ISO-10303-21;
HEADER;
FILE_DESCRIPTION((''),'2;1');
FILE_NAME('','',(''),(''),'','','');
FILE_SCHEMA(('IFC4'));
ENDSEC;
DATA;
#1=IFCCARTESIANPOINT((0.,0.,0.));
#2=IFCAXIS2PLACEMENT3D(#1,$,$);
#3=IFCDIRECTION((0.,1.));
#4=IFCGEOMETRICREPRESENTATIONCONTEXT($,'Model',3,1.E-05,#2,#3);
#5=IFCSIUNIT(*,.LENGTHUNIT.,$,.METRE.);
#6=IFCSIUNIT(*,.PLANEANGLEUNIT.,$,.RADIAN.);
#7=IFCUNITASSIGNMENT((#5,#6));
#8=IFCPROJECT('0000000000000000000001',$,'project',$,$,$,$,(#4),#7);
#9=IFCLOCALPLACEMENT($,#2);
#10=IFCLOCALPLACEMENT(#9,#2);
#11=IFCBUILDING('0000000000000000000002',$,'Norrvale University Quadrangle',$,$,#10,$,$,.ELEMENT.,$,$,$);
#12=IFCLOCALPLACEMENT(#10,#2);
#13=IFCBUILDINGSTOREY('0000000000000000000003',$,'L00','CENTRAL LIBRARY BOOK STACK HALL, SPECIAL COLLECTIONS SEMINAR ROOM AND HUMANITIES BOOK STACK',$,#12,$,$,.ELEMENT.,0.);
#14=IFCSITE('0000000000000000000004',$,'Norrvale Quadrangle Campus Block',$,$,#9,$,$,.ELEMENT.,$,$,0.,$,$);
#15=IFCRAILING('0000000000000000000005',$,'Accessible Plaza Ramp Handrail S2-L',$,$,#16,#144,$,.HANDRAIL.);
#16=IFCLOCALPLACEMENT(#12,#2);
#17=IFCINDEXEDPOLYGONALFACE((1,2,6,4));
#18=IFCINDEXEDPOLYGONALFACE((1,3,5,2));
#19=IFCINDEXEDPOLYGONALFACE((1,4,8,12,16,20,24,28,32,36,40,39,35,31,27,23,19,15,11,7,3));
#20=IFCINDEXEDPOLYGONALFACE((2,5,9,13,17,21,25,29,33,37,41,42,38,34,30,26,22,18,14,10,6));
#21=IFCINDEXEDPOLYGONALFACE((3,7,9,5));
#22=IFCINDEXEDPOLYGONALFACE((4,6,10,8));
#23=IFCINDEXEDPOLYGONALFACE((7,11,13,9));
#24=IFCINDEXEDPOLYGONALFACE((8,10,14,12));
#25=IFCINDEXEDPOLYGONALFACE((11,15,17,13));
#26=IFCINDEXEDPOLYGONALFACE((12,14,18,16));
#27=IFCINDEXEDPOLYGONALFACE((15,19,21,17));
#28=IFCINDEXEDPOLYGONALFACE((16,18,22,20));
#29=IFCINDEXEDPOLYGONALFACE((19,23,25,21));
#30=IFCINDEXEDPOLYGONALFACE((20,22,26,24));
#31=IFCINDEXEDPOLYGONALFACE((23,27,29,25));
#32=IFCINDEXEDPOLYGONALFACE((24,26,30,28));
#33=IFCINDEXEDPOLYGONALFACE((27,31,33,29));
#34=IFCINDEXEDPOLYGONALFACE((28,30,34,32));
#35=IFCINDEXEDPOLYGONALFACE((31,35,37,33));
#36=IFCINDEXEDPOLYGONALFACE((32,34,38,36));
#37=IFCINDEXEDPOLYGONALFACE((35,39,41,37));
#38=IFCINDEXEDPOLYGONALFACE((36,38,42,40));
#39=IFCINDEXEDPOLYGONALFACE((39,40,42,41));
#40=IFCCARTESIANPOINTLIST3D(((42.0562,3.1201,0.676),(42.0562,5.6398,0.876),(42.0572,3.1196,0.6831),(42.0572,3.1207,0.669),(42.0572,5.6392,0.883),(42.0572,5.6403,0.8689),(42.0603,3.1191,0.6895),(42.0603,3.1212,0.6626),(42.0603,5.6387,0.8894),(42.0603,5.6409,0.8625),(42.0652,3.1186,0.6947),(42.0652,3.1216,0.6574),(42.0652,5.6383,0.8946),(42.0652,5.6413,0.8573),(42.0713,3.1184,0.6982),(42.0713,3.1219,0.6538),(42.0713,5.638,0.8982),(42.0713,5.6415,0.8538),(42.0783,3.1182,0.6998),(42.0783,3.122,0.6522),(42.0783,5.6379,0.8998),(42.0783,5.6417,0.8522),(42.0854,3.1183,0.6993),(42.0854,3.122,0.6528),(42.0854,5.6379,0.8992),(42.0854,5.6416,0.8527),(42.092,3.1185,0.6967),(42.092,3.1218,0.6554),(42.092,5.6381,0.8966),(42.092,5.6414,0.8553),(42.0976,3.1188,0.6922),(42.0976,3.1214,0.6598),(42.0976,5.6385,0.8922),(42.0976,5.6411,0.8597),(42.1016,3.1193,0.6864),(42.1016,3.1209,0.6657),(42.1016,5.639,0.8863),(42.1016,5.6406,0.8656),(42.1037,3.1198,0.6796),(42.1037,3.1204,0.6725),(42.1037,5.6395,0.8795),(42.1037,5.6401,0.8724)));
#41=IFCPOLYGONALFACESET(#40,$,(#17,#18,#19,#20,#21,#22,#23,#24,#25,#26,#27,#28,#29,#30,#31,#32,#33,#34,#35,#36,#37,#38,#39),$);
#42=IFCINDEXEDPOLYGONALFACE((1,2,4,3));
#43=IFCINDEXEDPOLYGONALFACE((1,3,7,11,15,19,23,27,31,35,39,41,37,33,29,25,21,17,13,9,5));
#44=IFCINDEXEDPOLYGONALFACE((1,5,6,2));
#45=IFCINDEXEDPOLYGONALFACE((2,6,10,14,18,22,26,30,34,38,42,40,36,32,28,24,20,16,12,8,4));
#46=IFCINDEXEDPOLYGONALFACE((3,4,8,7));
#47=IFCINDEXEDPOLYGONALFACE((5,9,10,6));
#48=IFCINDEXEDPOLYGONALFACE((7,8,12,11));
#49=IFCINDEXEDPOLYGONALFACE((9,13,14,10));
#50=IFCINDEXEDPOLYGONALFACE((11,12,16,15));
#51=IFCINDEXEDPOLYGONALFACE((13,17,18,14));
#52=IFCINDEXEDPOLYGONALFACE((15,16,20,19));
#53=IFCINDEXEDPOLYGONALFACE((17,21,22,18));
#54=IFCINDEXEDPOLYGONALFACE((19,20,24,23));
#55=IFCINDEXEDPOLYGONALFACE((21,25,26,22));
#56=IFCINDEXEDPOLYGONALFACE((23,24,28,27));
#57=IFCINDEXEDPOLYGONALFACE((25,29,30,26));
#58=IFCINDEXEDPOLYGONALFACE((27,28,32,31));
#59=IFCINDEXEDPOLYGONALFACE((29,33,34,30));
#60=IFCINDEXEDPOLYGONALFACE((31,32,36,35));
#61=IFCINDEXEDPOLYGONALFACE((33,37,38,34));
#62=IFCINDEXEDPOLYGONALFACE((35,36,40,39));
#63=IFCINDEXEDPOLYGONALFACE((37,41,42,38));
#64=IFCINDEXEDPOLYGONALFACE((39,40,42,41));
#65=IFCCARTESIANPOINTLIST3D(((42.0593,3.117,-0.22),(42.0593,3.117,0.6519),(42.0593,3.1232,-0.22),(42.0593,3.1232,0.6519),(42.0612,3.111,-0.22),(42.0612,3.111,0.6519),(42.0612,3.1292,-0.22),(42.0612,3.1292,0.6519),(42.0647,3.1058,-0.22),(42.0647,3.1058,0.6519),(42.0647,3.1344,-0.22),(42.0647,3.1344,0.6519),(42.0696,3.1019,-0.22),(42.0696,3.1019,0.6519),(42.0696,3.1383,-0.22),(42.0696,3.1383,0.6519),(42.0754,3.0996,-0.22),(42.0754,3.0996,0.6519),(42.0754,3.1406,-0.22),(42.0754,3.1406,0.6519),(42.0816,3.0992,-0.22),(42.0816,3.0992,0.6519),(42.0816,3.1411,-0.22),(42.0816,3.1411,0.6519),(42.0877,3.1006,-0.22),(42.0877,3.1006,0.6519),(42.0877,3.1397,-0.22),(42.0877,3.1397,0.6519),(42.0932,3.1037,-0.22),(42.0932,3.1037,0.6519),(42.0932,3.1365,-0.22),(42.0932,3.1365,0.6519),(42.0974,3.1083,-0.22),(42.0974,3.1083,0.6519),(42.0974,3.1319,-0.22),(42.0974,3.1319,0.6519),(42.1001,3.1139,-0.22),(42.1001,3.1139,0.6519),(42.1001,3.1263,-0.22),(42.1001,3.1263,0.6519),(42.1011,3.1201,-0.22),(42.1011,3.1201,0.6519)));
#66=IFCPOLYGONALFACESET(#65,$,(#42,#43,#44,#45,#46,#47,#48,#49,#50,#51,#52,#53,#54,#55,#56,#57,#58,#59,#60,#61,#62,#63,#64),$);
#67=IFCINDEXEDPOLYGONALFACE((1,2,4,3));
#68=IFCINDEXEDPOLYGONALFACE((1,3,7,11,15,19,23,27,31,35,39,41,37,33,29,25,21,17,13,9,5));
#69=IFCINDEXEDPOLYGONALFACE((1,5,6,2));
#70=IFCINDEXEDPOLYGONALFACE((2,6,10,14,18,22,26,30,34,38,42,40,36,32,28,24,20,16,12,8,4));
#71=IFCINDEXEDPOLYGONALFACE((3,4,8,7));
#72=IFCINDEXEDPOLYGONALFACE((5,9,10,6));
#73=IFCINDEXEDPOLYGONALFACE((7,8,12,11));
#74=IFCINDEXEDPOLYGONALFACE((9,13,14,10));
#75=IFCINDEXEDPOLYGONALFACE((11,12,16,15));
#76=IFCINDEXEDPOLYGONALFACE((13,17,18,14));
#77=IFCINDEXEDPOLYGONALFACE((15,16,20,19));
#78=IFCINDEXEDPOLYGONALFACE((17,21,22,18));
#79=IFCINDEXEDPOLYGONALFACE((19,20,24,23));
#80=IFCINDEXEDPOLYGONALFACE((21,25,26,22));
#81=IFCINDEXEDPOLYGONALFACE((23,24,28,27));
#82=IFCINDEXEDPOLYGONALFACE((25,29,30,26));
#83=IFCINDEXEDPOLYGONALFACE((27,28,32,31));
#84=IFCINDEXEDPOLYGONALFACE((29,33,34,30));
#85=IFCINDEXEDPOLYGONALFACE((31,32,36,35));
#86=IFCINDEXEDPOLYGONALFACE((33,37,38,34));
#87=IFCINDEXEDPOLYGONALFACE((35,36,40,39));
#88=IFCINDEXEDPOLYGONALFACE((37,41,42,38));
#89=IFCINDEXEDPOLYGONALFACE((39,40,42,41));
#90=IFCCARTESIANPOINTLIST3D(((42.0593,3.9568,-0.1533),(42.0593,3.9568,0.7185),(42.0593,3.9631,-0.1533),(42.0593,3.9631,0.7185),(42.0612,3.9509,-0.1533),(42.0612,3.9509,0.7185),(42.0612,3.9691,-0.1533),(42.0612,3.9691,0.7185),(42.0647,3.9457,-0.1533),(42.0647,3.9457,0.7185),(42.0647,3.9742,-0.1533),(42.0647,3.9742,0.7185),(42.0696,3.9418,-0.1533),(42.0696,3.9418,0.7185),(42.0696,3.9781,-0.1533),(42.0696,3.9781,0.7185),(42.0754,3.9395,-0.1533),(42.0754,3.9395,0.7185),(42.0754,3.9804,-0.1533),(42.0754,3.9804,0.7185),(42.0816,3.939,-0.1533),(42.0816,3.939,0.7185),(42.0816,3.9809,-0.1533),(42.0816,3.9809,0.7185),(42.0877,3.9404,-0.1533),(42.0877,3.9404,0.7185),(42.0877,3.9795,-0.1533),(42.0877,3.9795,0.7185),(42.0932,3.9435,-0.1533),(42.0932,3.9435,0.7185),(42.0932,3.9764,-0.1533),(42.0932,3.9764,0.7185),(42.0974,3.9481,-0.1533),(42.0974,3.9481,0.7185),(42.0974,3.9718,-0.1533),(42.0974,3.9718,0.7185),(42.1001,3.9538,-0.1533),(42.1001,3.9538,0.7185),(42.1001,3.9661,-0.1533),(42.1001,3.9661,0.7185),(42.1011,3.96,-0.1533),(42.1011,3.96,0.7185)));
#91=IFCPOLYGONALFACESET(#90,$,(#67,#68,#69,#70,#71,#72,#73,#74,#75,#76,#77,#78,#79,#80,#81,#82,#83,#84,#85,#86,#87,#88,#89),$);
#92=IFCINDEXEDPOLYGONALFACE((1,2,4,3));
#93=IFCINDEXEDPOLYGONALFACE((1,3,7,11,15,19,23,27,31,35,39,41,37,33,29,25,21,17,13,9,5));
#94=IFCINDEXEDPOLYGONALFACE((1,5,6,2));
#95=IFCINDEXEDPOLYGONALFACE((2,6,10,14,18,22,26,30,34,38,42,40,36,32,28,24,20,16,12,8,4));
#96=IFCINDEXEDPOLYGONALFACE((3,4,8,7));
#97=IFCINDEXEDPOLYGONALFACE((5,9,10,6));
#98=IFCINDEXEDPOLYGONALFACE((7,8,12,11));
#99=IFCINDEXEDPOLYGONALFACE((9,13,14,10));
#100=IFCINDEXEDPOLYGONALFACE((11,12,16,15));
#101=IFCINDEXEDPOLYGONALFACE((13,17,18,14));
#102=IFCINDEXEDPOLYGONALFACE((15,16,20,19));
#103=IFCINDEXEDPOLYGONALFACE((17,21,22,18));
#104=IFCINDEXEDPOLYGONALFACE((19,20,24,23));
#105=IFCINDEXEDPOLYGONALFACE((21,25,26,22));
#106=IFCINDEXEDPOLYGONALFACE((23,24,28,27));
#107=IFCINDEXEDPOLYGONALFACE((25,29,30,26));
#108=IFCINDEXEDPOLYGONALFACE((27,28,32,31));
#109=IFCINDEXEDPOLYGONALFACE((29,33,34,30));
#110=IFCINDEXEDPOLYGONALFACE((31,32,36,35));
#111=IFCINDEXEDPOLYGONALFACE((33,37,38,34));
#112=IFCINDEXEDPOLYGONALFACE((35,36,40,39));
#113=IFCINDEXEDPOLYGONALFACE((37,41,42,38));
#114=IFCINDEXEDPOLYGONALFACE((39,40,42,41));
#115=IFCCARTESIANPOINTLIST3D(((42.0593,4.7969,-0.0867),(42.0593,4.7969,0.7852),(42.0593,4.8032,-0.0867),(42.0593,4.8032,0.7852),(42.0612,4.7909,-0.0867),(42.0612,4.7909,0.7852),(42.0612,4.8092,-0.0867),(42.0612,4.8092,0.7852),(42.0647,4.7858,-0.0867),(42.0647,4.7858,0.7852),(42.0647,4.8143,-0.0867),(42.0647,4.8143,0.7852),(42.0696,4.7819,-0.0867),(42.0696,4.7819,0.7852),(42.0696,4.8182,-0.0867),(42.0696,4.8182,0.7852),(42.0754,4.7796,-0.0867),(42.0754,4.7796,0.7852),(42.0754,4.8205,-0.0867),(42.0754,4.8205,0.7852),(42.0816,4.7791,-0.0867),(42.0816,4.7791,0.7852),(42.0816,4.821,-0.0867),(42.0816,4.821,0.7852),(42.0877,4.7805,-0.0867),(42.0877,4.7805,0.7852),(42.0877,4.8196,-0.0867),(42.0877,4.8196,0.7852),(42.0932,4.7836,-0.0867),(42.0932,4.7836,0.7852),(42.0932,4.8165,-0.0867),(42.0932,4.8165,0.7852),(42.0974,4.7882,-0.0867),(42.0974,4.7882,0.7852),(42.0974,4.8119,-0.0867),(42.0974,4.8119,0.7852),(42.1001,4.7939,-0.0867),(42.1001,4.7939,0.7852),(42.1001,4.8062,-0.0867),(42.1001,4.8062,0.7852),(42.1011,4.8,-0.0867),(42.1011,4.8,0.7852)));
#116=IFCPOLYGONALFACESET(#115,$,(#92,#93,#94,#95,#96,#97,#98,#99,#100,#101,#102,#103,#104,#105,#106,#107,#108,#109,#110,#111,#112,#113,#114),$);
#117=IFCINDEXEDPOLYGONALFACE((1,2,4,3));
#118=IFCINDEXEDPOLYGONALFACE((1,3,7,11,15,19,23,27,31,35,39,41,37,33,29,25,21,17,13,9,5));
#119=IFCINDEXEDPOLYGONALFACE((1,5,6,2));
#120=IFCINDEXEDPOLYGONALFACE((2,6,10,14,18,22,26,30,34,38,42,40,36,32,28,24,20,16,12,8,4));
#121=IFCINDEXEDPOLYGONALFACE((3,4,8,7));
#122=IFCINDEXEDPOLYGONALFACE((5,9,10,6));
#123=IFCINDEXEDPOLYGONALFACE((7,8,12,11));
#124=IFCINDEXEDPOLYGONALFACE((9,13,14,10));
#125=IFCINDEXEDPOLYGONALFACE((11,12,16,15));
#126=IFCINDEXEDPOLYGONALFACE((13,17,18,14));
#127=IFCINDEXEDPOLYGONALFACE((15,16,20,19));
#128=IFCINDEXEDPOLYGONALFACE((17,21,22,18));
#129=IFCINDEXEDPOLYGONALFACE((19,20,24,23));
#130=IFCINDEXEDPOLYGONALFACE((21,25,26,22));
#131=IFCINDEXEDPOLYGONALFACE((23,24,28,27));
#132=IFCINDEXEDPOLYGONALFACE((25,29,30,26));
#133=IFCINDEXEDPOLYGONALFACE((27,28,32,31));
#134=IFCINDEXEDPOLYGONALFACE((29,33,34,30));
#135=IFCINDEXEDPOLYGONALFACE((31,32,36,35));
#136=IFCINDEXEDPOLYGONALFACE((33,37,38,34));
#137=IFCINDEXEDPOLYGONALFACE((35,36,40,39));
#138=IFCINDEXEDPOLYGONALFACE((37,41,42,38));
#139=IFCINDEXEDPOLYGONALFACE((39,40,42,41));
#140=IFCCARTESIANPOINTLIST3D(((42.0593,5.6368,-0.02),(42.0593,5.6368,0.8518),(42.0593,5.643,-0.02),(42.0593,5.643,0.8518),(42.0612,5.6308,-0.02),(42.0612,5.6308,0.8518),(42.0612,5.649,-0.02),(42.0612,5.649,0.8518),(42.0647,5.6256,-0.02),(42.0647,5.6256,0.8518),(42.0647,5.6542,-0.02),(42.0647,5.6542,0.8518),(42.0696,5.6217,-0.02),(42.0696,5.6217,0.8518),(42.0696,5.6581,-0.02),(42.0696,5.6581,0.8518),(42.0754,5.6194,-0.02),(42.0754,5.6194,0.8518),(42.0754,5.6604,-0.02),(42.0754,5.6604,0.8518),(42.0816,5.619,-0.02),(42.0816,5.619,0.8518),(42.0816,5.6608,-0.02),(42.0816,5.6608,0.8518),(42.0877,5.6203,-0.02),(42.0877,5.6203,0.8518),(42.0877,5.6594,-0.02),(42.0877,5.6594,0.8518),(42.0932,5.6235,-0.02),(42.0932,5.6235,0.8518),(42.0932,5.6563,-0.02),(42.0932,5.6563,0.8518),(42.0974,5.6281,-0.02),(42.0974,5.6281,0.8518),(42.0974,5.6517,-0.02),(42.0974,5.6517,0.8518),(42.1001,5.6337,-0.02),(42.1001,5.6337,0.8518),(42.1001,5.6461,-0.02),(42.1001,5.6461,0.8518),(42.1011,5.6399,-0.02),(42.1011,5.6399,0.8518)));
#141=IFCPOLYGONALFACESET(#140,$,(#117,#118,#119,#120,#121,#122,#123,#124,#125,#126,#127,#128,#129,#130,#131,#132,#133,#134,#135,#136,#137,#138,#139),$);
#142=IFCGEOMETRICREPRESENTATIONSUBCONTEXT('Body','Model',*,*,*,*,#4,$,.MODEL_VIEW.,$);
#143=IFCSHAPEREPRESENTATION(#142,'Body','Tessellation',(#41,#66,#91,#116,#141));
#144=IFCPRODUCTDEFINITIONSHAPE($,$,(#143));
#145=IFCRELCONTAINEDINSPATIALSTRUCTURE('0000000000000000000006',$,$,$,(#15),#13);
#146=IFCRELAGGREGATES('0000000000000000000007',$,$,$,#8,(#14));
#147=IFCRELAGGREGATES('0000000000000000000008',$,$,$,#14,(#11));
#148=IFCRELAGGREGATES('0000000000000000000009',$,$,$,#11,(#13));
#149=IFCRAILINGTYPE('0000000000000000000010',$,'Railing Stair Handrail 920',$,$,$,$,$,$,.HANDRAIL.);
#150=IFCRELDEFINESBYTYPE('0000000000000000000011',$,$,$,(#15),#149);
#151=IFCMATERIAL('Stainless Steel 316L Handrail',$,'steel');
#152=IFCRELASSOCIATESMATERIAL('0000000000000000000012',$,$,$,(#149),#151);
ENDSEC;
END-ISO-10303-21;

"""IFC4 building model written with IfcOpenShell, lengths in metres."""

from ifc_helpers import new_model, si_unit, direction, frame, origin, origin_2d, place, context, subcontext, project, spatial, circle, extrude, material, type_object, element, save


model = new_model("IFC4")

# Units and contexts
model_context = context("Model", 3, precision=1e-05, world=origin(), true_north=direction((0.0, 1.0)))
body_context = subcontext(model_context, "Body", "Model", "MODEL_VIEW")
ifc_project = project(units=[si_unit("LENGTHUNIT", "METRE"), si_unit("PLANEANGLEUNIT", "RADIAN")], contexts=[model_context])

# Site, building, storey
site_placement = place(None, origin())
site = spatial("IfcSite", under=ifc_project, at=site_placement, Name="Norrvale Quadrangle Campus Block", CompositionType="ELEMENT", RefElevation=0.0)
building_placement = place(site_placement, origin())
building = spatial("IfcBuilding", under=site, at=building_placement, Name="Norrvale University Quadrangle", CompositionType="ELEMENT")
storey_placement = place(building_placement, origin())
storey = spatial("IfcBuildingStorey", under=building, at=storey_placement, Name="L00", Description="CENTRAL LIBRARY BOOK STACK HALL, SPECIAL COLLECTIONS SEMINAR ROOM AND HUMANITIES BOOK STACK", CompositionType="ELEMENT", Elevation=0.0)

# Railing
ifc_material_1 = material(Name="Stainless Steel 316L Handrail", Category="steel")
railing_type_1 = type_object("IfcRailingType", Name="Railing Stair Handrail 920", PredefinedType="HANDRAIL", material=ifc_material_1)
for number, where, name in (
    (1, (42.0801, 3.1201, -0.22), "Accessible Plaza Ramp Handrail S2-L"),
):
    element("IfcRailing", number, at=place(storey_placement, frame(where)), inside=storey, type_object=railing_type_1, Name=name, PredefinedType="HANDRAIL", context=body_context, shape_type="SweptSolid", body=[
        extrude(circle(Radius=0.0239, at=origin_2d()), frame((0.0, 0.0, 0.896), z_axis=(0.0, 0.996866, 0.079104), x_axis=(-1.0, 0.0, 0.0)), (0.0, 0.0, 1.0), 2.5276),
        extrude(circle(Radius=0.021, at=origin_2d()), origin(), (0.0, 0.0, 1.0), 0.8718),
        extrude(circle(Radius=0.021, at=origin_2d()), frame((0.0, 0.8398, 0.0667)), (0.0, 0.0, 1.0), 0.8718),
        extrude(circle(Radius=0.021, at=origin_2d()), frame((0.0, 1.6799, 0.1333)), (0.0, 0.0, 1.0), 0.8718),
        extrude(circle(Radius=0.021, at=origin_2d()), frame((0.0, 2.5198, 0.2)), (0.0, 0.0, 1.0), 0.8718),
    ])

save(model, "model.ifc")
